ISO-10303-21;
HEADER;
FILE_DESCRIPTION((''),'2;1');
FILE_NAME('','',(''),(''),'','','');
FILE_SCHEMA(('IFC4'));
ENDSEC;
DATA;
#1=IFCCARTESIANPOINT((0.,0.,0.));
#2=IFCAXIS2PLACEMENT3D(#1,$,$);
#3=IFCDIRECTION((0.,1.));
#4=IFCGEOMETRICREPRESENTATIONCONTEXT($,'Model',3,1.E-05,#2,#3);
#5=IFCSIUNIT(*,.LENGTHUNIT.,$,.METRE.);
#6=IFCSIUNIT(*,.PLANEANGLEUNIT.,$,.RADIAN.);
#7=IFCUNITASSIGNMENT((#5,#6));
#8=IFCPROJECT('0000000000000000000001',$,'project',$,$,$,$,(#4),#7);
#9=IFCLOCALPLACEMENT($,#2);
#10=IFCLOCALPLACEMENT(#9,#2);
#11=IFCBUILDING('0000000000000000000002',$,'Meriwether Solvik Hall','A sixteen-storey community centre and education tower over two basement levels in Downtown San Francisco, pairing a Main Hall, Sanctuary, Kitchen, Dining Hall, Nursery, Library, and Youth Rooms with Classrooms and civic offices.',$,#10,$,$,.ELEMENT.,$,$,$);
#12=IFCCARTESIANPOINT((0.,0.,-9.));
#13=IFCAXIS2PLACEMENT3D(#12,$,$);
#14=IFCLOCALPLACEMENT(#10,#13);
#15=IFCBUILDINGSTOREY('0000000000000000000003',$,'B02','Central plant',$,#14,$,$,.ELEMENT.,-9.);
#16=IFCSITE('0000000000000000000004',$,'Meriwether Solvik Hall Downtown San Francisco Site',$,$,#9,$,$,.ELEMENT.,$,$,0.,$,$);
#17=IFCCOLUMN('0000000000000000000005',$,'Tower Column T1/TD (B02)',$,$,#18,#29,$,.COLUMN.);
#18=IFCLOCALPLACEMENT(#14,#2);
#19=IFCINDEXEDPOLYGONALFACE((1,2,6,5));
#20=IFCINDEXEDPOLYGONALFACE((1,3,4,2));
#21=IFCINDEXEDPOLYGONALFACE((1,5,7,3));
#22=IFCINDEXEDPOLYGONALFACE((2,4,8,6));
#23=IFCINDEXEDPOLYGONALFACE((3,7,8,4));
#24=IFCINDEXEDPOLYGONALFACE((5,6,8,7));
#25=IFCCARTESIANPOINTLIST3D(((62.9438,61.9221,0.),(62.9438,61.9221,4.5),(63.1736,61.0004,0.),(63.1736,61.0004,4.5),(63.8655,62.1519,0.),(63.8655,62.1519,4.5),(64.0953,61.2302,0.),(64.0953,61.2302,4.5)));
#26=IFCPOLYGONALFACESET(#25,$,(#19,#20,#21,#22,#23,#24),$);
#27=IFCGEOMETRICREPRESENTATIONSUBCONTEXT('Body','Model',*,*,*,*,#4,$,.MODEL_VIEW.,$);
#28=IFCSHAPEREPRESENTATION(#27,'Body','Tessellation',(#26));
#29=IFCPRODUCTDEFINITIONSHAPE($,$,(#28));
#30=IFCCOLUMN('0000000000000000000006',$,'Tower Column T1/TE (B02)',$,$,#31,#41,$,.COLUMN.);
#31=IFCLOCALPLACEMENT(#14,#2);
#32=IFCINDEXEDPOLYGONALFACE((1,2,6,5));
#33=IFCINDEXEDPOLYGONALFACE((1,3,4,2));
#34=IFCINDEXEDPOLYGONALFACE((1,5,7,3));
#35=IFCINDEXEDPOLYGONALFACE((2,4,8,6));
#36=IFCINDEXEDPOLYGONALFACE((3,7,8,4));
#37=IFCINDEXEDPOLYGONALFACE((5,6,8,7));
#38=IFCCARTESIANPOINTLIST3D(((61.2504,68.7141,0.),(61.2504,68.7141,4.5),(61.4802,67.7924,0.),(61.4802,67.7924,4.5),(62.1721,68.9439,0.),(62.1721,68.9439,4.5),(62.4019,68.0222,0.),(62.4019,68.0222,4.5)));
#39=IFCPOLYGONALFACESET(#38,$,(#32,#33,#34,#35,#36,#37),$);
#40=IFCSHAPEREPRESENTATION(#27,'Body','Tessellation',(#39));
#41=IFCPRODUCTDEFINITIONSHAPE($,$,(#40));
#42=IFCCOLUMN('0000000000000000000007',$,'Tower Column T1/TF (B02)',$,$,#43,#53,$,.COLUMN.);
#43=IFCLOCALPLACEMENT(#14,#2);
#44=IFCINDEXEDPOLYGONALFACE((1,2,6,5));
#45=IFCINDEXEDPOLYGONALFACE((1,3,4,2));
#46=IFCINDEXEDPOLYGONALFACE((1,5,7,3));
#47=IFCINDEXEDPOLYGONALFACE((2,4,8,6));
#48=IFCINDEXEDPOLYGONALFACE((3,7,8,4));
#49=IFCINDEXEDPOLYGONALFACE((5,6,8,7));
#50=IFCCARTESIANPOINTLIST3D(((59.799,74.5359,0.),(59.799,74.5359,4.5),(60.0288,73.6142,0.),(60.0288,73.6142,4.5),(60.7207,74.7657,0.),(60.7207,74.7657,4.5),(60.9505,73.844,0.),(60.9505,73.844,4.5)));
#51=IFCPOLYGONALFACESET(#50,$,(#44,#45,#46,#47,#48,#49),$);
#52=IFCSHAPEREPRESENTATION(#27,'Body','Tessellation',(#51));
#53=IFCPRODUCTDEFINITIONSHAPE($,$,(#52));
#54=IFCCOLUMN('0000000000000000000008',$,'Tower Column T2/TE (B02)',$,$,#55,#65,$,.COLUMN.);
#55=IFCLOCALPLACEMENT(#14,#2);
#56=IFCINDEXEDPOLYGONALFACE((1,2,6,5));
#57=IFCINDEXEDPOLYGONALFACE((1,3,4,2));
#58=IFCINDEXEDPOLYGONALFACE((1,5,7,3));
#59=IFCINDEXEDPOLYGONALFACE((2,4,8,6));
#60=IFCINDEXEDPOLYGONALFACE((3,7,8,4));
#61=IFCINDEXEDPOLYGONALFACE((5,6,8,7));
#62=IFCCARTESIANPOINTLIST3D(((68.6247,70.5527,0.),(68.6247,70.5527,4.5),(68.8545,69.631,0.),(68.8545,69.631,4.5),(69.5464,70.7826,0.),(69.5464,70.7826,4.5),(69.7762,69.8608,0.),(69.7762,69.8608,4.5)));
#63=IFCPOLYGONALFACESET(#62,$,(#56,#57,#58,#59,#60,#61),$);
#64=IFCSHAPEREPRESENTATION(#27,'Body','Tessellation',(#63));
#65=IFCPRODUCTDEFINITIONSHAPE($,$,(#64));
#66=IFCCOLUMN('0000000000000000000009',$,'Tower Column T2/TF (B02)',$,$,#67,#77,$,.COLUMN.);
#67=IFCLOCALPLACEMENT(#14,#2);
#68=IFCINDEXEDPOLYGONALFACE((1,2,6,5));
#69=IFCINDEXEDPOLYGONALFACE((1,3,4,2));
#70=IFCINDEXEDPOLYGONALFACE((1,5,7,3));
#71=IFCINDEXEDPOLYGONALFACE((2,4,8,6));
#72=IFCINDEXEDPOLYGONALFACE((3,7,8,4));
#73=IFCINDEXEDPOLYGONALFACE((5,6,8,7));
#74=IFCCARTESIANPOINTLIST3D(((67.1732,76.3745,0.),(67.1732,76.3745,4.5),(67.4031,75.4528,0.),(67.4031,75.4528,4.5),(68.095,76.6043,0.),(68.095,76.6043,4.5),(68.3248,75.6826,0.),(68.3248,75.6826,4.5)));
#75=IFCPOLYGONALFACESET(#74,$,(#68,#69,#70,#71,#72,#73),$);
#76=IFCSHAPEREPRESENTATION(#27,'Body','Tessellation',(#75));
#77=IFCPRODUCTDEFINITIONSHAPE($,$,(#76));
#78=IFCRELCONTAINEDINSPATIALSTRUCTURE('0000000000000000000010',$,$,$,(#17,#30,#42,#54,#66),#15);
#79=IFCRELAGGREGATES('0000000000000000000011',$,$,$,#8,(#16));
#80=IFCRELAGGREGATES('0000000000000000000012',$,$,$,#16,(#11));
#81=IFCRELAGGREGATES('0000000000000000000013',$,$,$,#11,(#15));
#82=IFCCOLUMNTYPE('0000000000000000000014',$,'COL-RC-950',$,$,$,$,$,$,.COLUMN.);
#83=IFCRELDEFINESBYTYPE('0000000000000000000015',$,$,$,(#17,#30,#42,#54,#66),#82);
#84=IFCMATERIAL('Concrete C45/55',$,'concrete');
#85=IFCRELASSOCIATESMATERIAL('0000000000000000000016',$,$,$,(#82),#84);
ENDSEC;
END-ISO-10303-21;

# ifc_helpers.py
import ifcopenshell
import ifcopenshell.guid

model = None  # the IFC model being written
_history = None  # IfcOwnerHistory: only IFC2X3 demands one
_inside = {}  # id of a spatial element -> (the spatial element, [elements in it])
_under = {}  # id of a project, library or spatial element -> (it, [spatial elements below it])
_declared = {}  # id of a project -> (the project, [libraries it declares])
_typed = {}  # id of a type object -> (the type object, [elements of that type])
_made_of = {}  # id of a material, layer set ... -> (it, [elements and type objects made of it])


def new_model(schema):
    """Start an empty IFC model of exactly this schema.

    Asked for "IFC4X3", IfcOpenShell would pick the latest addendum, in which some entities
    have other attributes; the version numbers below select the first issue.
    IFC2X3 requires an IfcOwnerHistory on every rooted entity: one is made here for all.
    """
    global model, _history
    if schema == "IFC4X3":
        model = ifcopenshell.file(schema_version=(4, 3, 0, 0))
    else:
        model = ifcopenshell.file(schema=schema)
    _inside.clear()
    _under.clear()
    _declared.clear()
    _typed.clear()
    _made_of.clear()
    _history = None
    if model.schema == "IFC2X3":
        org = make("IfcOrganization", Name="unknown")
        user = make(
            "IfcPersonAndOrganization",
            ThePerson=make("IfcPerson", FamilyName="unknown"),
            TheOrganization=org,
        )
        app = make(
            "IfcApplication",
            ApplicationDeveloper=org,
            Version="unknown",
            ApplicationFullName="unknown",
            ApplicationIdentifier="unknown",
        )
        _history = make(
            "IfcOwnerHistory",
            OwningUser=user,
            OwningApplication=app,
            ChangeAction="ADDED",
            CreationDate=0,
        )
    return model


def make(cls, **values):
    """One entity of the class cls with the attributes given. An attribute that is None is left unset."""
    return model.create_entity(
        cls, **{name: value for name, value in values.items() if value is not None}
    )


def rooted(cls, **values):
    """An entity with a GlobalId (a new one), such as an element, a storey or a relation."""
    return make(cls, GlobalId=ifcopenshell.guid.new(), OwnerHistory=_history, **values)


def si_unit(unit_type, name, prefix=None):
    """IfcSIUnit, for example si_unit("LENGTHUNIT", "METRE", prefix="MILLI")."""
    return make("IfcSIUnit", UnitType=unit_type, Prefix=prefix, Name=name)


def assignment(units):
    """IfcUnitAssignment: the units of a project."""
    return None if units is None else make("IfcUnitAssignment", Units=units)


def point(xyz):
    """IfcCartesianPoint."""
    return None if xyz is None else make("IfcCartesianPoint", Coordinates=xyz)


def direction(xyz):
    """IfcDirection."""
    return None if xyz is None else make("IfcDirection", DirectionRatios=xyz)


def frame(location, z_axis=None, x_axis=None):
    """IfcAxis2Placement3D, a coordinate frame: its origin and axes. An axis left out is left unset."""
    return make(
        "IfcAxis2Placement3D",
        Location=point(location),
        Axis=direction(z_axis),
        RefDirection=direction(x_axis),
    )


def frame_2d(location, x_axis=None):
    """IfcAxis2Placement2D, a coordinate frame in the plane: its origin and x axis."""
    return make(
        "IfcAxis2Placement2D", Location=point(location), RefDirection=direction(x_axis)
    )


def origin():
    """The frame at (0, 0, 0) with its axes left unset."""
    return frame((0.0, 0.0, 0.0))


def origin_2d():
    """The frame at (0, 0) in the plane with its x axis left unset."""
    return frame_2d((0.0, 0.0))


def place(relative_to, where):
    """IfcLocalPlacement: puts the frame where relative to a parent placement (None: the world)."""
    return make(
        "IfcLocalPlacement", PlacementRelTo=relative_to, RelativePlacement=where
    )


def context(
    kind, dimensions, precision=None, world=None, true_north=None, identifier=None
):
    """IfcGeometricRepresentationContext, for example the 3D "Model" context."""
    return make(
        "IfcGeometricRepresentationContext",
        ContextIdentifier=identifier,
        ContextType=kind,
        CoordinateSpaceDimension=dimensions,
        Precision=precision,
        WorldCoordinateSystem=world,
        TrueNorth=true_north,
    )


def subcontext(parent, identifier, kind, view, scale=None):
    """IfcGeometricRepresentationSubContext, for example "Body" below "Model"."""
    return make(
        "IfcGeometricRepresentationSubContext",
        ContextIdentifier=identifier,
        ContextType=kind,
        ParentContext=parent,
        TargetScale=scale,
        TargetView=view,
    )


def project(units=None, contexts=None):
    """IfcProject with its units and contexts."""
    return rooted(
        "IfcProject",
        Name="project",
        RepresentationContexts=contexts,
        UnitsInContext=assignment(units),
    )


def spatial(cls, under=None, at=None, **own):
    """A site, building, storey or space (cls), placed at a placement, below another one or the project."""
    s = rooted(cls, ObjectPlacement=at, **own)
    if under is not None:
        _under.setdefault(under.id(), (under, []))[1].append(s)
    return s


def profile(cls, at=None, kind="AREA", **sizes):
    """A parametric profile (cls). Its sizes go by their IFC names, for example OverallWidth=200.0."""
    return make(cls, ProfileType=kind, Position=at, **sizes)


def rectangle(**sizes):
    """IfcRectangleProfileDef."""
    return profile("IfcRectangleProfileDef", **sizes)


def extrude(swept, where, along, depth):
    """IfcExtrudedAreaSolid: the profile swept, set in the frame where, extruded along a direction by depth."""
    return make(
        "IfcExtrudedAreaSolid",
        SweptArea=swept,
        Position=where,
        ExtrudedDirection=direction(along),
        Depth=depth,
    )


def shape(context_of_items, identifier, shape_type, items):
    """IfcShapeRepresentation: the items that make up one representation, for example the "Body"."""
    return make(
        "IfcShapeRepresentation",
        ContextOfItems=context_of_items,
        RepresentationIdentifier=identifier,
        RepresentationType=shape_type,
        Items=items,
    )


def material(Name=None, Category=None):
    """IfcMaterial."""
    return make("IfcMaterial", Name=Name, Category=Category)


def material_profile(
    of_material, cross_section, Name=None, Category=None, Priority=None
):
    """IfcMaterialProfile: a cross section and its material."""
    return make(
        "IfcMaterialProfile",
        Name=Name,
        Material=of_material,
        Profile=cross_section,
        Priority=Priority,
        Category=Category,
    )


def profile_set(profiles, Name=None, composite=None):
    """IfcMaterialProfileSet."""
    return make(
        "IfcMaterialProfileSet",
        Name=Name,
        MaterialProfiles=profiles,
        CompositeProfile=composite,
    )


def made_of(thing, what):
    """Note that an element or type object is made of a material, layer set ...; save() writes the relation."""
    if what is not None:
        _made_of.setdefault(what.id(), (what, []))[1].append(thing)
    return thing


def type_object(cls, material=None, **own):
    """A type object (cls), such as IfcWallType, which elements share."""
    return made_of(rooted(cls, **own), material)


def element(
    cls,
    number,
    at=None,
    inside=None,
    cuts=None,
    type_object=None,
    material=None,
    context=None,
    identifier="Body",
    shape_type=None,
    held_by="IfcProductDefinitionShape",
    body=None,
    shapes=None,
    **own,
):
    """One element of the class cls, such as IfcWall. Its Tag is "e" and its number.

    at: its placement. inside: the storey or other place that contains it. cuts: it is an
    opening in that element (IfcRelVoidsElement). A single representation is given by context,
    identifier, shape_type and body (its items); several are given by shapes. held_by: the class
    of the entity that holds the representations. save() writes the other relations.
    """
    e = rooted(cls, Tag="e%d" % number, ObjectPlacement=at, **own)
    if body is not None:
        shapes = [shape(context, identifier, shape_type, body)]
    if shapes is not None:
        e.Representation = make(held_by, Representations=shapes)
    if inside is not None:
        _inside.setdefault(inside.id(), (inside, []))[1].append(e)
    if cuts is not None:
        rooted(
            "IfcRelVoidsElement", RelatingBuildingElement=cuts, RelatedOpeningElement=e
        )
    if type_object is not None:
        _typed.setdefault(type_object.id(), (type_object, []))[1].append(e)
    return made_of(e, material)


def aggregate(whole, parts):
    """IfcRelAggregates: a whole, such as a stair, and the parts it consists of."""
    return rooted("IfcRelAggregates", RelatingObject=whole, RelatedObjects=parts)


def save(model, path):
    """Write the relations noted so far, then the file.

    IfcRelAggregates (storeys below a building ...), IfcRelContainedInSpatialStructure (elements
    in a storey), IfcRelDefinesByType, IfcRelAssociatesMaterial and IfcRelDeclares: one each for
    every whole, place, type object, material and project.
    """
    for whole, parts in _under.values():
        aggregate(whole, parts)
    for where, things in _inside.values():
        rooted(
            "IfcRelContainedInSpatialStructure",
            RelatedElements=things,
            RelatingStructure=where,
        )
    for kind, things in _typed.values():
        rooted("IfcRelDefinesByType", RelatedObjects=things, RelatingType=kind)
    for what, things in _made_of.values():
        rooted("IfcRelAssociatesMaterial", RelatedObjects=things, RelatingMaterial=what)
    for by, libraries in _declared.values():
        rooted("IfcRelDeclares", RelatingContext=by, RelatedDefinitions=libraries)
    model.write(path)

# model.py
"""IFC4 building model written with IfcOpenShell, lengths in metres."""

from ifc_helpers import new_model, si_unit, direction, frame, origin, origin_2d, place, context, subcontext, project, spatial, rectangle, extrude, material, material_profile, profile_set, type_object, element, save


model = new_model("IFC4")

# Units and contexts
model_context = context("Model", 3, precision=1e-05, world=origin(), true_north=direction((0.0, 1.0)))
body_context = subcontext(model_context, "Body", "Model", "MODEL_VIEW")
ifc_project = project(units=[si_unit("LENGTHUNIT", "METRE"), si_unit("PLANEANGLEUNIT", "RADIAN")], contexts=[model_context])

# Site, building, storey
site_placement = place(None, origin())
site = spatial("IfcSite", under=ifc_project, at=site_placement, Name="Meriwether Solvik Hall Downtown San Francisco Site", CompositionType="ELEMENT", RefElevation=0.0)
building_placement = place(site_placement, origin())
building = spatial("IfcBuilding", under=site, at=building_placement, Name="Meriwether Solvik Hall", Description="A sixteen-storey community centre and education tower over two basement levels in Downtown San Francisco, pairing a Main Hall, Sanctuary, Kitchen, Dining Hall, Nursery, Library, and Youth Rooms with Classrooms and civic offices.", CompositionType="ELEMENT")
storey_placement = place(building_placement, frame((0.0, 0.0, -9.0)))
storey = spatial("IfcBuildingStorey", under=building, at=storey_placement, Name="B02", Description="Central plant", CompositionType="ELEMENT", Elevation=-9.0)

# Columns
ifc_material_1 = material(Name="Concrete C45/55", Category="concrete")
ifc_material_profile_1 = material_profile(ifc_material_1, rectangle(XDim=0.95, YDim=0.95, at=origin_2d()), Name="RCC-950X950")
ifc_profile_set_1 = profile_set([ifc_material_profile_1], Name="Concrete C45/55")
column_type_1 = type_object("IfcColumnType", Name="COL-RC-950", PredefinedType="COLUMN", material=ifc_profile_set_1)
for number, where, z_axis, x_axis, name in (
    (1, (63.5195, 61.5762, 0.0), (0.0, 0.0, 1.0), (0.970296, 0.241922, 0.0), "Tower Column T1/TD (B02)"),
    (2, (61.8262, 68.3682, 0.0), (0.0, 0.0, 1.0), (0.970296, 0.241922, 0.0), "Tower Column T1/TE (B02)"),
    (3, (60.3748, 74.1899, 0.0), (0.0, 0.0, 1.0), (0.970296, 0.241922, 0.0), "Tower Column T1/TF (B02)"),
    (4, (69.2004, 70.2068, 0.0), (0.0, 0.0, 1.0), (0.970296, 0.241922, 0.0), "Tower Column T2/TE (B02)"),
    (5, (67.749, 76.0286, 0.0), (0.0, 0.0, 1.0), (0.970296, 0.241922, 0.0), "Tower Column T2/TF (B02)"),
):
    element("IfcColumn", number, at=place(storey_placement, frame(where, z_axis=z_axis, x_axis=x_axis)), inside=storey, type_object=column_type_1, Name=name, PredefinedType="COLUMN", context=body_context, shape_type="SweptSolid", body=[
        extrude(rectangle(XDim=0.95, YDim=0.95, at=origin_2d()), origin(), (0.0, 0.0, 1.0), 4.5),
    ])

save(model, "model.ifc")
